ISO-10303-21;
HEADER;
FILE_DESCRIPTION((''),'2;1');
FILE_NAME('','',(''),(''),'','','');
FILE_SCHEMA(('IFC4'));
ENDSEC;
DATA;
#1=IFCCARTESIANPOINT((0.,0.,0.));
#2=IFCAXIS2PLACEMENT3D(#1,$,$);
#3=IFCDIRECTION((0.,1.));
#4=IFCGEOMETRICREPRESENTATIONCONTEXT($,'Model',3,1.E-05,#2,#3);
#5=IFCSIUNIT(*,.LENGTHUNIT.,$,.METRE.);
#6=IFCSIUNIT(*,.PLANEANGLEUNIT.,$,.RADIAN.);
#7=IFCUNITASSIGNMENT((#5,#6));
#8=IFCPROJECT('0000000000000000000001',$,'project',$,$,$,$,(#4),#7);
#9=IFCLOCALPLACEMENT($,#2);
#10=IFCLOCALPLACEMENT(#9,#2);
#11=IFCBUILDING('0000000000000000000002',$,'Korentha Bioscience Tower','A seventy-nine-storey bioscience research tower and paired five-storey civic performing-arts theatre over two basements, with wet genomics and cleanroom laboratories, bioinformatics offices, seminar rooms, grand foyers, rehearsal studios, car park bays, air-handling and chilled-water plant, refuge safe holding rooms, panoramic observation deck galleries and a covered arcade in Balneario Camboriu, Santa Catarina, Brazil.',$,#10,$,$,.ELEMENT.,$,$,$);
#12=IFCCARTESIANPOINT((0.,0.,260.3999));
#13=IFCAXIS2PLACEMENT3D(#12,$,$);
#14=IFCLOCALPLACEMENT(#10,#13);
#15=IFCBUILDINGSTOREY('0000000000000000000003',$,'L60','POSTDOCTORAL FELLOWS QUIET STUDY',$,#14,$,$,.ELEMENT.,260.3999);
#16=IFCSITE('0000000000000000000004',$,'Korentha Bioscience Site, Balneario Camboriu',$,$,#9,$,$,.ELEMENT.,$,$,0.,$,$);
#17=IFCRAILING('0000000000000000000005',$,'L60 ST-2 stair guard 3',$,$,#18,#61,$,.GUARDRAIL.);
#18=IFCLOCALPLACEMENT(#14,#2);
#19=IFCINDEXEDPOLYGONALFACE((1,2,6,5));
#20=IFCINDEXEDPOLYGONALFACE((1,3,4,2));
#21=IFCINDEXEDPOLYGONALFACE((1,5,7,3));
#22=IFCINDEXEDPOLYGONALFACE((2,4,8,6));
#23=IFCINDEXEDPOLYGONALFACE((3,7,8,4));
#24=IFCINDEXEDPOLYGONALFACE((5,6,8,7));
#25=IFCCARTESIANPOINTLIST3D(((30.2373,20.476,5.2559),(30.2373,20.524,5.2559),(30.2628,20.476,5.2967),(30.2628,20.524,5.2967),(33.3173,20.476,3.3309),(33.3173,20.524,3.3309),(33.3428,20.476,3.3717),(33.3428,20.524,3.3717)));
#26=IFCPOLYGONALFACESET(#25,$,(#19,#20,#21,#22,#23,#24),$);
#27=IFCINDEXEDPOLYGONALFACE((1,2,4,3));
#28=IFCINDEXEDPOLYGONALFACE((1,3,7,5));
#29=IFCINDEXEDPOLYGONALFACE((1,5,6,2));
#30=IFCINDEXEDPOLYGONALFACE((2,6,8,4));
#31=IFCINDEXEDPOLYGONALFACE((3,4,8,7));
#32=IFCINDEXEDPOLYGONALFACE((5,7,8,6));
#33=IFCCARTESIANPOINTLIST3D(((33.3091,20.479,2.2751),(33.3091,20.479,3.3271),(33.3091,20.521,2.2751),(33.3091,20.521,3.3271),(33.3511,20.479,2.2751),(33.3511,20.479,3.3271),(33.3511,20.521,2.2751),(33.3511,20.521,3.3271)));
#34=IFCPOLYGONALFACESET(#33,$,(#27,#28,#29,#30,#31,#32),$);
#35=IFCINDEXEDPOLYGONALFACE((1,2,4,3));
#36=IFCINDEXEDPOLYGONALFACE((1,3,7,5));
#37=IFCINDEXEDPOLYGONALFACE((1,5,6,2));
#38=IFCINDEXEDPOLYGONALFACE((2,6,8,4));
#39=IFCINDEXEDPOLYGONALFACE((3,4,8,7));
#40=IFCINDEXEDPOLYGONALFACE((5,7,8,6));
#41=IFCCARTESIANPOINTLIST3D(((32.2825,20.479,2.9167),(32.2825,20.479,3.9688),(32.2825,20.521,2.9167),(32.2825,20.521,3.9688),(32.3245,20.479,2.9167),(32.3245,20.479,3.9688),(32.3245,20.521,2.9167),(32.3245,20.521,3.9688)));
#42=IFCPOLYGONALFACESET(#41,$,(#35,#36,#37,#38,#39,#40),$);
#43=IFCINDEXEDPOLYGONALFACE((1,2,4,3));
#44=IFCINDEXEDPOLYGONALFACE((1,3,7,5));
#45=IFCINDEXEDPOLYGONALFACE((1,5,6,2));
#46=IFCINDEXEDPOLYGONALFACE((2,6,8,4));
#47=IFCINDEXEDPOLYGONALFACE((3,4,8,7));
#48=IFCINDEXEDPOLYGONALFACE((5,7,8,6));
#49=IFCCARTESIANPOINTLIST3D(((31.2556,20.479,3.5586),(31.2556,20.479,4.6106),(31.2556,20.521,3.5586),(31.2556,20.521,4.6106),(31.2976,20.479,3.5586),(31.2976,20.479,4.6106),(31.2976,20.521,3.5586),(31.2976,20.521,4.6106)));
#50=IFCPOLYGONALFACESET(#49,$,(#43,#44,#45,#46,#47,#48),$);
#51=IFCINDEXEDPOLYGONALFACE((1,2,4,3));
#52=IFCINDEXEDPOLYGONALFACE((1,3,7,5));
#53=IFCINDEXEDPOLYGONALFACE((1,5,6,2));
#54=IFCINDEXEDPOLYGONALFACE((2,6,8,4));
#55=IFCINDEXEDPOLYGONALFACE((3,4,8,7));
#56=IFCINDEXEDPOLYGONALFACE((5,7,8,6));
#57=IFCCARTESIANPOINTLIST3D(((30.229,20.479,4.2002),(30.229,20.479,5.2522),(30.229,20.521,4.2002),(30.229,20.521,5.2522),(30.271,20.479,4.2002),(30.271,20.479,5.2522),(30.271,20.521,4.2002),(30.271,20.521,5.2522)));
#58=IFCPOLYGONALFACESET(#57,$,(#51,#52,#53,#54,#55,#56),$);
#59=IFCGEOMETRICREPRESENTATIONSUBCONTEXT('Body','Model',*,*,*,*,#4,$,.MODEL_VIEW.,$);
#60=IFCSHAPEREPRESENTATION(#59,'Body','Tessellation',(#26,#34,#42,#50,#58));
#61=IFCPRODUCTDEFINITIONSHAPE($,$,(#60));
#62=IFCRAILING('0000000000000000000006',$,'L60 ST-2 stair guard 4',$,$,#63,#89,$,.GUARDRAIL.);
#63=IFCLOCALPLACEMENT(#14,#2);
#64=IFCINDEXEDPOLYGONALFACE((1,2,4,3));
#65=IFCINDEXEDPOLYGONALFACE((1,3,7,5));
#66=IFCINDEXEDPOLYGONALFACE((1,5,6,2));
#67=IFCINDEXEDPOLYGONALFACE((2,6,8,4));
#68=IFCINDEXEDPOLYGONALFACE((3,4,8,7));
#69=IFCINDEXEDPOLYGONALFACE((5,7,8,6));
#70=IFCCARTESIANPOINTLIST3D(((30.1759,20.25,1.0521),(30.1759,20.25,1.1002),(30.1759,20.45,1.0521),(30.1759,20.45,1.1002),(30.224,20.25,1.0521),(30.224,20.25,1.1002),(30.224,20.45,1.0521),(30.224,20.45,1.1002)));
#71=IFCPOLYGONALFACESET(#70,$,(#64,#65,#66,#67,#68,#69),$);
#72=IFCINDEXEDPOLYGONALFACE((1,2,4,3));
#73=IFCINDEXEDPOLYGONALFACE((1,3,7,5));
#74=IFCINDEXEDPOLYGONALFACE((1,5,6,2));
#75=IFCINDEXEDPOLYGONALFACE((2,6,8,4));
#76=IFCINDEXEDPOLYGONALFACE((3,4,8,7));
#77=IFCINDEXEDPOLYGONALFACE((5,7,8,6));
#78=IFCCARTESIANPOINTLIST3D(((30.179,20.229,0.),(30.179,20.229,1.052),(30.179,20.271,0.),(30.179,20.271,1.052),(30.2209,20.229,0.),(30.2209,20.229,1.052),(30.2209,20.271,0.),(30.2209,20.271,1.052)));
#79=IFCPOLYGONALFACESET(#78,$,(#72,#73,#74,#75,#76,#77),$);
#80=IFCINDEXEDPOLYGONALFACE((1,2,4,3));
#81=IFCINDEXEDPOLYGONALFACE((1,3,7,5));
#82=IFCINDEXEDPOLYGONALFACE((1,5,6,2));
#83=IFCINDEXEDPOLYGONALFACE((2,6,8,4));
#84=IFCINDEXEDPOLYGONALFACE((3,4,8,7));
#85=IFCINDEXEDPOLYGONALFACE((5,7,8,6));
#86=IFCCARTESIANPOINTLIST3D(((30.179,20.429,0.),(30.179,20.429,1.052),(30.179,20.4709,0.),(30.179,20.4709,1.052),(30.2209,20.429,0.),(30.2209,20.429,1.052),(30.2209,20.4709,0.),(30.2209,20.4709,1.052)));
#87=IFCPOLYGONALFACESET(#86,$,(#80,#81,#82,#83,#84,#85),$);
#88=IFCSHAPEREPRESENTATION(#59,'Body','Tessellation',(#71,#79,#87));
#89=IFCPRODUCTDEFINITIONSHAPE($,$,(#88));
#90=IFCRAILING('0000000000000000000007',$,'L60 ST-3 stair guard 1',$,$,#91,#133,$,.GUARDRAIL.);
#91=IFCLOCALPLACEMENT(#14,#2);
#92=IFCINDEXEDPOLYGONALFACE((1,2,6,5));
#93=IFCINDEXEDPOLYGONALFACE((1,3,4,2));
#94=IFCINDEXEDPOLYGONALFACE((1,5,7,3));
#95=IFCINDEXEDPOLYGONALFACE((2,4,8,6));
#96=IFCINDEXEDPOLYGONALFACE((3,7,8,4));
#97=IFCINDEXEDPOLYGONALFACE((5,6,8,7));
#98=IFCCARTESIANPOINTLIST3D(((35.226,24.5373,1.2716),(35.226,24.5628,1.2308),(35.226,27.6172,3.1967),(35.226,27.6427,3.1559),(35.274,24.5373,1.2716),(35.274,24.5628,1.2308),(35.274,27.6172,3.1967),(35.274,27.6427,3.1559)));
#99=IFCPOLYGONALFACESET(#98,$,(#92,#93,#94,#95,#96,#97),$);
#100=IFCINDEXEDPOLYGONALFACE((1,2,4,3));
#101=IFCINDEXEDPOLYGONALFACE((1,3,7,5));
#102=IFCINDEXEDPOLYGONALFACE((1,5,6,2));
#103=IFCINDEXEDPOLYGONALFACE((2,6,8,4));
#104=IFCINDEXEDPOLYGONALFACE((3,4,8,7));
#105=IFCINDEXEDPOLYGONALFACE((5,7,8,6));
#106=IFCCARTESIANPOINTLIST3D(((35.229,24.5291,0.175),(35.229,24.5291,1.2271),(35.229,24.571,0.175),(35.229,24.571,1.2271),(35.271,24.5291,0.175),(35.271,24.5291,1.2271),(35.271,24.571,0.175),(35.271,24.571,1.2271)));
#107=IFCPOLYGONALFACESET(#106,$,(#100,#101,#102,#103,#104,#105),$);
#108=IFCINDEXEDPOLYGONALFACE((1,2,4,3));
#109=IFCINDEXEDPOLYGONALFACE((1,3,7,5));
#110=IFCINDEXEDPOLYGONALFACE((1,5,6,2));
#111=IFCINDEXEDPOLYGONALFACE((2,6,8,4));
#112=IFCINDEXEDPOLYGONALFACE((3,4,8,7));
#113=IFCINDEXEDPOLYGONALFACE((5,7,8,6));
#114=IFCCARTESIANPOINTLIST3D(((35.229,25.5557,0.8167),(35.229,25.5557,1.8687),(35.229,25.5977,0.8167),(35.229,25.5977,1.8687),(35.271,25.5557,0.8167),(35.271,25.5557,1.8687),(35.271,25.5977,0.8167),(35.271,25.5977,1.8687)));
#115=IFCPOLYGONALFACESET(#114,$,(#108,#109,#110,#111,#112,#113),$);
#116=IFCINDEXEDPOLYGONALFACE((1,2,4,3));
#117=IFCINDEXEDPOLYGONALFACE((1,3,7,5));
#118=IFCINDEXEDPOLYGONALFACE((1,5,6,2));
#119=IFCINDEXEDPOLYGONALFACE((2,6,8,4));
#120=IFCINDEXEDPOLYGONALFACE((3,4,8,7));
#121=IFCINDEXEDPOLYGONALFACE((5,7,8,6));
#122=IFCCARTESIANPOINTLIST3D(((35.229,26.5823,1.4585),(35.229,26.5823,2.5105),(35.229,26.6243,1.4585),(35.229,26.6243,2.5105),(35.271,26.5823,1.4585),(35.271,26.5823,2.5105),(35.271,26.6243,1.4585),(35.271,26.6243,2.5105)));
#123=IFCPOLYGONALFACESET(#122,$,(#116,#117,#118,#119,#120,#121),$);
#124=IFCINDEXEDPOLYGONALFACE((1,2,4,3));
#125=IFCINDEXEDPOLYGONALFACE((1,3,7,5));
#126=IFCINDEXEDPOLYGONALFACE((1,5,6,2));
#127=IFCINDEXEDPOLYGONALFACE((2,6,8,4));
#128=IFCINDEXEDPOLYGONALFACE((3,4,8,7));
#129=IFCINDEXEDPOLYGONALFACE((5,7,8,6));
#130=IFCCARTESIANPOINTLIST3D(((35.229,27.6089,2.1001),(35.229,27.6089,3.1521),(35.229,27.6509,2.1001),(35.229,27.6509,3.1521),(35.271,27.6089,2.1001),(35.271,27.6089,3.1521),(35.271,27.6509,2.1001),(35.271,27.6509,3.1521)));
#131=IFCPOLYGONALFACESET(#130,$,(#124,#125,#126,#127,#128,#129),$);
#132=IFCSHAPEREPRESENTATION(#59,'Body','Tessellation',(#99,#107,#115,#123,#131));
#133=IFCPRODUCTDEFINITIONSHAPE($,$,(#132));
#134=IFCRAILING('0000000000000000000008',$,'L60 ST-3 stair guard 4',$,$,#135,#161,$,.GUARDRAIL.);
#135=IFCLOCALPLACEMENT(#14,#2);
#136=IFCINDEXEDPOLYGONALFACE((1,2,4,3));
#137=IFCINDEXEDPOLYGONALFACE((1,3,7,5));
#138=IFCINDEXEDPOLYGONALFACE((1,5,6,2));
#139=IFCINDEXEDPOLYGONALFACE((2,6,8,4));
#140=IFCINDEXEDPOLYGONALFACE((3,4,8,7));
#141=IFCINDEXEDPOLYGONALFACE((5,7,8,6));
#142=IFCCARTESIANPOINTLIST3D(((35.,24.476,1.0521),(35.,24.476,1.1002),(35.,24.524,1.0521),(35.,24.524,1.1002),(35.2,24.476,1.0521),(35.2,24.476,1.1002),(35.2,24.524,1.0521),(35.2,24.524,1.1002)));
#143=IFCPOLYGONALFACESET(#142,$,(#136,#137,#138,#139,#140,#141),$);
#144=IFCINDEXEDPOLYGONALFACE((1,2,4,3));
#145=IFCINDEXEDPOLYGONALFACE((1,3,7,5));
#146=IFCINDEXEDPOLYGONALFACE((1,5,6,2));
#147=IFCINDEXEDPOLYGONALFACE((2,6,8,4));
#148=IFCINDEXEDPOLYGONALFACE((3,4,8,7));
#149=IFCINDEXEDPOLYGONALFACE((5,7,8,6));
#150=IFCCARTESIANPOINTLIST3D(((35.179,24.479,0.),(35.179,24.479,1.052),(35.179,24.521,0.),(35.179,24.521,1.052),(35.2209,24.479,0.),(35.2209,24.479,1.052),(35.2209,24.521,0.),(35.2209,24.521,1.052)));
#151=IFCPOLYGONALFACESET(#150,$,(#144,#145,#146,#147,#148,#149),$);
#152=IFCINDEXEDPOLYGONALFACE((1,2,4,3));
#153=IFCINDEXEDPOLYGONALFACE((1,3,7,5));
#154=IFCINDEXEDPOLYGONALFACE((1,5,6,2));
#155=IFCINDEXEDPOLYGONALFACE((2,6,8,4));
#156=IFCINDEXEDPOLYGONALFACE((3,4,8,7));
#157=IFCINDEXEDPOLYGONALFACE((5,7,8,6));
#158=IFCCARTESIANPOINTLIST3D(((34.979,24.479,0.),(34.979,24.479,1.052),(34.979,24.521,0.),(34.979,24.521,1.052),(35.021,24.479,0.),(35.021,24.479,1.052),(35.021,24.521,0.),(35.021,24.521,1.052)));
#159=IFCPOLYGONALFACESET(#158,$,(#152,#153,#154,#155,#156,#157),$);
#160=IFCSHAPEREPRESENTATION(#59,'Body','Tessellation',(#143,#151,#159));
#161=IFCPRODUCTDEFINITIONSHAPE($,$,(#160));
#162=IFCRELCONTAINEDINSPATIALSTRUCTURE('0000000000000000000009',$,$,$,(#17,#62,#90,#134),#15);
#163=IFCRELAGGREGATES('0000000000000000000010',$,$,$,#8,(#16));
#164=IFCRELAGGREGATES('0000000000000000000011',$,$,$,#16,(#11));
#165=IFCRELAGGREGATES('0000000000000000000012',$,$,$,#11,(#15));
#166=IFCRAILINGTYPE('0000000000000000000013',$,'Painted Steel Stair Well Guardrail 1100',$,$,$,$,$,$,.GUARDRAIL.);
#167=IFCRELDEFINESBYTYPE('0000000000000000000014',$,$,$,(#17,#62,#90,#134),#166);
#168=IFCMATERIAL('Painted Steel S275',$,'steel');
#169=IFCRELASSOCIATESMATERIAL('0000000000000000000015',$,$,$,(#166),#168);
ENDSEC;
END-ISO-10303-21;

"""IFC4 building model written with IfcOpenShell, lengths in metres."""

from ifc_helpers import new_model, si_unit, direction, frame, origin, origin_2d, place, context, subcontext, project, spatial, rectangle, extrude, material, type_object, element, save


model = new_model("IFC4")

# Units and contexts
model_context = context("Model", 3, precision=1e-05, world=origin(), true_north=direction((0.0, 1.0)))
body_context = subcontext(model_context, "Body", "Model", "MODEL_VIEW")
ifc_project = project(units=[si_unit("LENGTHUNIT", "METRE"), si_unit("PLANEANGLEUNIT", "RADIAN")], contexts=[model_context])

# Site, building, storey
site_placement = place(None, origin())
site = spatial("IfcSite", under=ifc_project, at=site_placement, Name="Korentha Bioscience Site, Balneario Camboriu", CompositionType="ELEMENT", RefElevation=0.0)
building_placement = place(site_placement, origin())
building = spatial("IfcBuilding", under=site, at=building_placement, Name="Korentha Bioscience Tower", Description="A seventy-nine-storey bioscience research tower and paired five-storey civic performing-arts theatre over two basements, with wet genomics and cleanroom laboratories, bioinformatics offices, seminar rooms, grand foyers, rehearsal studios, car park bays, air-handling and chilled-water plant, refuge safe holding rooms, panoramic observation deck galleries and a covered arcade in Balneario Camboriu, Santa Catarina, Brazil.", CompositionType="ELEMENT")
storey_placement = place(building_placement, frame((0.0, 0.0, 260.3999)))
storey = spatial("IfcBuildingStorey", under=building, at=storey_placement, Name="L60", Description="POSTDOCTORAL FELLOWS QUIET STUDY", CompositionType="ELEMENT", Elevation=260.3999)

# Railings
ifc_material_1 = material(Name="Painted Steel S275", Category="steel")
railing_type_1 = type_object("IfcRailingType", Name="Painted Steel Stair Well Guardrail 1100", PredefinedType="GUARDRAIL", material=ifc_material_1)
railing_1_placement = place(storey_placement, frame((33.3301, 20.5, 2.2751)))
element("IfcRailing", 1, at=railing_1_placement, inside=storey, type_object=railing_type_1, Name="L60 ST-2 stair guard 3", PredefinedType="GUARDRAIL", context=body_context, shape_type="SweptSolid", body=[
    extrude(rectangle(XDim=0.0481, YDim=0.0481, at=origin_2d()), frame((0.0, 0.0, 1.0762), z_axis=(-0.847998, 0.0, 0.529999), x_axis=(0.0, -1.0, 0.0)), (0.0, 0.0, 1.0), 3.6321),
    extrude(rectangle(XDim=0.042, YDim=0.042, at=origin_2d()), origin(), (0.0, 0.0, 1.0), 1.052),
    extrude(rectangle(XDim=0.042, YDim=0.042, at=origin_2d()), frame((-1.0266, 0.0, 0.6416)), (0.0, 0.0, 1.0), 1.052),
    extrude(rectangle(XDim=0.042, YDim=0.042, at=origin_2d()), frame((-2.0535, 0.0, 1.2834)), (0.0, 0.0, 1.0), 1.052),
    extrude(rectangle(XDim=0.042, YDim=0.042, at=origin_2d()), frame((-3.0801, 0.0, 1.925)), (0.0, 0.0, 1.0), 1.052),
])
railing_2_placement = place(storey_placement, frame((30.2, 20.25, 0.0)))
element("IfcRailing", 2, at=railing_2_placement, inside=storey, type_object=railing_type_1, Name="L60 ST-2 stair guard 4", PredefinedType="GUARDRAIL", context=body_context, shape_type="SweptSolid", body=[
    extrude(rectangle(XDim=0.0481, YDim=0.0481, at=origin_2d()), frame((0.0, 0.0, 1.0762), z_axis=(0.0, 1.0, 0.0), x_axis=(-1.0, 0.0, 0.0)), (0.0, 0.0, 1.0), 0.2),
    extrude(rectangle(XDim=0.042, YDim=0.042, at=origin_2d()), origin(), (0.0, 0.0, 1.0), 1.052),
    extrude(rectangle(XDim=0.042, YDim=0.042, at=origin_2d()), frame((0.0, 0.2, 0.0)), (0.0, 0.0, 1.0), 1.052),
])
railing_3_placement = place(storey_placement, frame((35.25, 24.55, 0.175)))
element("IfcRailing", 3, at=railing_3_placement, inside=storey, type_object=railing_type_1, Name="L60 ST-3 stair guard 1", PredefinedType="GUARDRAIL", context=body_context, shape_type="SweptSolid", body=[
    extrude(rectangle(XDim=0.0481, YDim=0.0481, at=origin_2d()), frame((0.0, 0.0, 1.0762), z_axis=(0.0, 0.847979, 0.530029), x_axis=(-1.0, 0.0, 0.0)), (0.0, 0.0, 1.0), 3.6321),
    extrude(rectangle(XDim=0.042, YDim=0.042, at=origin_2d()), origin(), (0.0, 0.0, 1.0), 1.052),
    extrude(rectangle(XDim=0.042, YDim=0.042, at=origin_2d()), frame((0.0, 1.0266, 0.6416)), (0.0, 0.0, 1.0), 1.052),
    extrude(rectangle(XDim=0.042, YDim=0.042, at=origin_2d()), frame((0.0, 2.0532, 1.2834)), (0.0, 0.0, 1.0), 1.052),
    extrude(rectangle(XDim=0.042, YDim=0.042, at=origin_2d()), frame((0.0, 3.0798, 1.925)), (0.0, 0.0, 1.0), 1.052),
])
railing_4_placement = place(storey_placement, frame((35.2, 24.5, 0.0)))
element("IfcRailing", 4, at=railing_4_placement, inside=storey, type_object=railing_type_1, Name="L60 ST-3 stair guard 4", PredefinedType="GUARDRAIL", context=body_context, shape_type="SweptSolid", body=[
    extrude(rectangle(XDim=0.0481, YDim=0.0481, at=origin_2d()), frame((0.0, 0.0, 1.0762), z_axis=(-1.0, 0.0, 0.0), x_axis=(0.0, -1.0, 0.0)), (0.0, 0.0, 1.0), 0.2),
    extrude(rectangle(XDim=0.042, YDim=0.042, at=origin_2d()), origin(), (0.0, 0.0, 1.0), 1.052),
    extrude(rectangle(XDim=0.042, YDim=0.042, at=origin_2d()), frame((-0.2, 0.0, 0.0)), (0.0, 0.0, 1.0), 1.052),
])

save(model, "model.ifc")
